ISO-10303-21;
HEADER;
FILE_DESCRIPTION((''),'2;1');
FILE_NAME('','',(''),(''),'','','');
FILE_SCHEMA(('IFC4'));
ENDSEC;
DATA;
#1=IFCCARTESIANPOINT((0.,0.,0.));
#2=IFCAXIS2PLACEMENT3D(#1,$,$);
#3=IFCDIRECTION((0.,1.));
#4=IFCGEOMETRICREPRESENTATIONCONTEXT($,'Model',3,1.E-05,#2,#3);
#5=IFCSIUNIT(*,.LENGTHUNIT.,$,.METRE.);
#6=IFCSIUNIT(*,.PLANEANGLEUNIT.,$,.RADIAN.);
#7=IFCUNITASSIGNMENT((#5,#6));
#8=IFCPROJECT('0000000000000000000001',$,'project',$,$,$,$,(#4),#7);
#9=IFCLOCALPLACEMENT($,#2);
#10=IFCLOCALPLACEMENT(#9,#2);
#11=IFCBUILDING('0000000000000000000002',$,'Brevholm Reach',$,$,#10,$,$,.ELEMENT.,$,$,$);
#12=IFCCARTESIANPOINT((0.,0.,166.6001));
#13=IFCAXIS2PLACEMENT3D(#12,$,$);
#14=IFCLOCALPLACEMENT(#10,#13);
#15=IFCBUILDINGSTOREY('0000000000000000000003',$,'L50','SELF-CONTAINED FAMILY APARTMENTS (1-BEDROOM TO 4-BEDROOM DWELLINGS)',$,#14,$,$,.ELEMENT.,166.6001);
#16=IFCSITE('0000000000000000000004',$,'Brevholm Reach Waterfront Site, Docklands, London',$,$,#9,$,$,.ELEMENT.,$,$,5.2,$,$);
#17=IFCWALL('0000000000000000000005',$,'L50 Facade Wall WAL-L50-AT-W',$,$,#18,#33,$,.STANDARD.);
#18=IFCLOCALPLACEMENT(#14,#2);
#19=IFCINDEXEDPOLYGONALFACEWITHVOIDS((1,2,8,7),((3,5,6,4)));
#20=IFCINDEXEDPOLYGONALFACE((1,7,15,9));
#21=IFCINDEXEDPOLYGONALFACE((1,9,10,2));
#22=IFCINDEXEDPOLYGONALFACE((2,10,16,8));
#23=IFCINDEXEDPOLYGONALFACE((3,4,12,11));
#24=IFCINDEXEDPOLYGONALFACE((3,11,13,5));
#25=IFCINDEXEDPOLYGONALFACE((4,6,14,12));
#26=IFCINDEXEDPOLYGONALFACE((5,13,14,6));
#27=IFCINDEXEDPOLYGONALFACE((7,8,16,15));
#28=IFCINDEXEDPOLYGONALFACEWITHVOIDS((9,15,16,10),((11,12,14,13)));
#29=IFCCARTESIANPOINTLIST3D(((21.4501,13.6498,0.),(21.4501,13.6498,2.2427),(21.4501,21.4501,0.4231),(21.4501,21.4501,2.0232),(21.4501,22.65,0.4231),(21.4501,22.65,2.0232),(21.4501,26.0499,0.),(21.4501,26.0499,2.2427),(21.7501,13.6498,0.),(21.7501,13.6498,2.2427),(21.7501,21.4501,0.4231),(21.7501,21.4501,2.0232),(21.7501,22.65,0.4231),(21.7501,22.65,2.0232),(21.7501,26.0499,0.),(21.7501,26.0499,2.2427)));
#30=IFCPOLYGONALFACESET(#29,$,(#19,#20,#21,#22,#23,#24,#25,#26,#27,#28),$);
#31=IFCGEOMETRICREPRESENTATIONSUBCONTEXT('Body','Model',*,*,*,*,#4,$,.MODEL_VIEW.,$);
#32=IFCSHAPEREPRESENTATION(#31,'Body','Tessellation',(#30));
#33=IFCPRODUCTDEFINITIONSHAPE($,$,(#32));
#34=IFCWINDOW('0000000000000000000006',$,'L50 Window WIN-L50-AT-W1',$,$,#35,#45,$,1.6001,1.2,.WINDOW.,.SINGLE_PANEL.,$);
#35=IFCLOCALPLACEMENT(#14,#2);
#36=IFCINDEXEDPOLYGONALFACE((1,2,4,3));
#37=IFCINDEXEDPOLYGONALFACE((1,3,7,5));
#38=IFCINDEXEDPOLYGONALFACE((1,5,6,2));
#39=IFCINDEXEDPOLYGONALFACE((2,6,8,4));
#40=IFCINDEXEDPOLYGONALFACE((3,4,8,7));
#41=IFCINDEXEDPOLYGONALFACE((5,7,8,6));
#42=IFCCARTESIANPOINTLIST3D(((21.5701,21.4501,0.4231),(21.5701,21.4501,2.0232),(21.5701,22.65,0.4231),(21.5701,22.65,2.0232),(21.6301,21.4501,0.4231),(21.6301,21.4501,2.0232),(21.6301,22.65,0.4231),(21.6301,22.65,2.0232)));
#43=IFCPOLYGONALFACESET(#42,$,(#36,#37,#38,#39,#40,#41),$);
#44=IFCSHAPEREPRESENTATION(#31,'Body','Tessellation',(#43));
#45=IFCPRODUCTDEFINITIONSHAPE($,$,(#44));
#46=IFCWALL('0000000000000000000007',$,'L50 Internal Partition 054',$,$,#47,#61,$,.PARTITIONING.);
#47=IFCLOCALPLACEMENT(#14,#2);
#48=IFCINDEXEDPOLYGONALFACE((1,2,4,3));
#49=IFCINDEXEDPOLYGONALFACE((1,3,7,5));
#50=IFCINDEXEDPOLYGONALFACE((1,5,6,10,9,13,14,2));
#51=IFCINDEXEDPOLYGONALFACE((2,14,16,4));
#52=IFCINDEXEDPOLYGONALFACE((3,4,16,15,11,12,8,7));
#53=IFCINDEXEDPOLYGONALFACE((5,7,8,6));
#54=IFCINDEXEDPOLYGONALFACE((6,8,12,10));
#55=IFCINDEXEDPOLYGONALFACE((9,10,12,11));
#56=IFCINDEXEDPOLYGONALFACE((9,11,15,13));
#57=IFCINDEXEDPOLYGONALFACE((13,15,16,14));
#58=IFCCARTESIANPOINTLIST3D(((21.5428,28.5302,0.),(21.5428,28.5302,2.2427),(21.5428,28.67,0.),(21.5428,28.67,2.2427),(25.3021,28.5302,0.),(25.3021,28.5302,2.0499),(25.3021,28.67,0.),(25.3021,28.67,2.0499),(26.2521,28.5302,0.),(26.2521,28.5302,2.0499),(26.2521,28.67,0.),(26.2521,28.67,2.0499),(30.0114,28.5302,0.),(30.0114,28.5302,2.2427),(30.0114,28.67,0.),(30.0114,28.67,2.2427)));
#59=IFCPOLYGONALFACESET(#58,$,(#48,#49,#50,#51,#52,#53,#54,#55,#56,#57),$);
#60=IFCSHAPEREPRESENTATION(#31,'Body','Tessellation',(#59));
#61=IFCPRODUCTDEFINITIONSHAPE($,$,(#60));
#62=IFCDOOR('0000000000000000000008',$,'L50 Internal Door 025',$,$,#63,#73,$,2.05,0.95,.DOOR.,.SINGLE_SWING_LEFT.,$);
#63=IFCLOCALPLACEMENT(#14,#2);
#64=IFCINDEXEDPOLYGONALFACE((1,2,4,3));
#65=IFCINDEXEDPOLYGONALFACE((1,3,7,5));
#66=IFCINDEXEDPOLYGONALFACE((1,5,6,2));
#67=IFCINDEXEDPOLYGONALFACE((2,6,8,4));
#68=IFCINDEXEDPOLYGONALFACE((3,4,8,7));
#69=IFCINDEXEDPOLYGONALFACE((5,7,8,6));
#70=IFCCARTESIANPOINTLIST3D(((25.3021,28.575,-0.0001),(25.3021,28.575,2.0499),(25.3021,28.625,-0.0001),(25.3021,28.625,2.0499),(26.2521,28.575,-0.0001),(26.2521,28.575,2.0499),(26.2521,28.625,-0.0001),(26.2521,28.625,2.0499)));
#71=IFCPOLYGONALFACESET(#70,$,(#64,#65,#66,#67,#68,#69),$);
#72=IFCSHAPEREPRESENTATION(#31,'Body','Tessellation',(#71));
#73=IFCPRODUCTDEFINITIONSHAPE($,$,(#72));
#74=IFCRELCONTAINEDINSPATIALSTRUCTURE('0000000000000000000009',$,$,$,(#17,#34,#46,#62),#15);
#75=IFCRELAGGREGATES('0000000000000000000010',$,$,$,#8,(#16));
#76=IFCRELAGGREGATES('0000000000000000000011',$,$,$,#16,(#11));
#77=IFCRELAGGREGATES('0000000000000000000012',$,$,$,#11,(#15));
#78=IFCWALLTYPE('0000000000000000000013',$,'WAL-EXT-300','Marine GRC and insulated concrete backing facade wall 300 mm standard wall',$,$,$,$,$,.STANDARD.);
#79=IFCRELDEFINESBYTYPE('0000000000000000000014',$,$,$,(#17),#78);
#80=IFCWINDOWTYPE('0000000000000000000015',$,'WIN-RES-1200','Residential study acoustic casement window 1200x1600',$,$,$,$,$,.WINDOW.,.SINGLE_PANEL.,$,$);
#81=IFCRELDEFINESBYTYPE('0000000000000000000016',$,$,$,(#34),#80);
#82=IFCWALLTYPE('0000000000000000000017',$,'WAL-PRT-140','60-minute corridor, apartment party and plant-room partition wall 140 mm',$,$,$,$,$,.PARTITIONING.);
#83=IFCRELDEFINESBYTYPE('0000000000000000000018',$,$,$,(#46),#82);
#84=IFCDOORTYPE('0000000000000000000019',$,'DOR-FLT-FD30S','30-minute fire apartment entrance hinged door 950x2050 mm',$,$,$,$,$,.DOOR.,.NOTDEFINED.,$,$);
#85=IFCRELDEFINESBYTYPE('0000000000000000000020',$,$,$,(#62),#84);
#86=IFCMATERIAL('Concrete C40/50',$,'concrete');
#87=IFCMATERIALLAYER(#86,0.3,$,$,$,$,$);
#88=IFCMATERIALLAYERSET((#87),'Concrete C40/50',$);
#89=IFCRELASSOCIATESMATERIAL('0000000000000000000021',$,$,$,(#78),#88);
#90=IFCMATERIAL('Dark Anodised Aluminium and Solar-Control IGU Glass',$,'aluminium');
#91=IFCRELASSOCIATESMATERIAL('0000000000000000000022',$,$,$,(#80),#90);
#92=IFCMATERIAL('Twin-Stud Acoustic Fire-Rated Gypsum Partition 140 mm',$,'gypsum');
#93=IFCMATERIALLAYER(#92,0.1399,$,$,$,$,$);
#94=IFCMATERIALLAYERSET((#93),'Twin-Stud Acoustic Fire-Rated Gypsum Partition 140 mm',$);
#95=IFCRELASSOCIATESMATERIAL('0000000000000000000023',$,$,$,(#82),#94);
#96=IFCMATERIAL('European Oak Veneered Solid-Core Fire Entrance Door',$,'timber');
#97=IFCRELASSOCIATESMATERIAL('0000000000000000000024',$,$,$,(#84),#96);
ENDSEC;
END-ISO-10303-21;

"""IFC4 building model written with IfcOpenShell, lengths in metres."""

from ifc_helpers import new_model, si_unit, direction, frame, frame_2d, origin, place, context, subcontext, project, spatial, rectangle, extrude, material, layer, layer_set, type_object, element, fill, save


model = new_model("IFC4")

# Units and contexts
model_context = context("Model", 3, precision=1e-05, world=origin(), true_north=direction((0.0, 1.0)))
body_context = subcontext(model_context, "Body", "Model", "MODEL_VIEW")
ifc_project = project(units=[si_unit("LENGTHUNIT", "METRE"), si_unit("PLANEANGLEUNIT", "RADIAN")], contexts=[model_context])

# Site, building, storey
site_placement = place(None, origin())
site = spatial("IfcSite", under=ifc_project, at=site_placement, Name="Brevholm Reach Waterfront Site, Docklands, London", CompositionType="ELEMENT", RefElevation=5.2)
building_placement = place(site_placement, origin())
building = spatial("IfcBuilding", under=site, at=building_placement, Name="Brevholm Reach", CompositionType="ELEMENT")
storey_placement = place(building_placement, frame((0.0, 0.0, 166.6001)))
storey = spatial("IfcBuildingStorey", under=building, at=storey_placement, Name="L50", Description="SELF-CONTAINED FAMILY APARTMENTS (1-BEDROOM TO 4-BEDROOM DWELLINGS)", CompositionType="ELEMENT", Elevation=166.6001)

# Wall, opening, window
ifc_material_1 = material(Name="Concrete C40/50", Category="concrete")
ifc_layer_1 = layer(ifc_material_1, 0.3)
ifc_layer_set_1 = layer_set([ifc_layer_1], Name="Concrete C40/50")
wall_type_1 = type_object("IfcWallType", Name="WAL-EXT-300", Description="Marine GRC and insulated concrete backing facade wall 300 mm standard wall", PredefinedType="STANDARD", material=ifc_layer_set_1)
wall_1_placement = place(storey_placement, frame((21.6001, 26.05, 0.0), z_axis=(0.0, 0.0, 1.0), x_axis=(0.0, -1.0, 0.0)))
wall_1 = element("IfcWall", 1, at=wall_1_placement, inside=storey, type_object=wall_type_1, Name="L50 Facade Wall WAL-L50-AT-W", PredefinedType="STANDARD", context=body_context, shape_type="SweptSolid", body=[
    extrude(rectangle(XDim=12.4001, YDim=0.3, at=frame_2d((6.2002, 0.0))), origin(), (0.0, 0.0, 1.0), 2.2427),
])
opening_1_placement = place(wall_1_placement, frame((3.3999, 0.0, 0.4231)))
opening_1 = element("IfcOpeningElement", 2, at=opening_1_placement, cuts=wall_1, PredefinedType="OPENING", context=body_context, shape_type="SweptSolid", body=[
    extrude(rectangle(XDim=1.2, YDim=1.6001, at=frame_2d((0.6001, 0.8))), frame((0.0, 0.1599, 0.0), z_axis=(0.0, -1.0, 0.0), x_axis=(1.0, 0.0, 0.0)), (0.0, 0.0, 1.0), 0.3201),
])
ifc_material_2 = material(Name="Dark Anodised Aluminium and Solar-Control IGU Glass", Category="aluminium")
window_type = type_object("IfcWindowType", Name="WIN-RES-1200", Description="Residential study acoustic casement window 1200x1600", PartitioningType="SINGLE_PANEL", PredefinedType="WINDOW", material=ifc_material_2)
window_placement = place(opening_1_placement, origin())
window = element("IfcWindow", 3, at=window_placement, inside=storey, type_object=window_type, Name="L50 Window WIN-L50-AT-W1", OverallHeight=1.6001, OverallWidth=1.2, PartitioningType="SINGLE_PANEL", PredefinedType="WINDOW", context=body_context, shape_type="SweptSolid", body=[
    extrude(rectangle(XDim=1.2, YDim=1.6001, at=frame_2d((0.6001, 0.8))), frame((0.0, 0.03, 0.0), z_axis=(0.0, -1.0, 0.0), x_axis=(1.0, 0.0, 0.0)), (0.0, 0.0, 1.0), 0.0601),
])
fill(opening_1, window)

# Wall, opening, door
ifc_material_3 = material(Name="Twin-Stud Acoustic Fire-Rated Gypsum Partition 140 mm", Category="gypsum")
ifc_layer_2 = layer(ifc_material_3, 0.1399)
ifc_layer_set_2 = layer_set([ifc_layer_2], Name="Twin-Stud Acoustic Fire-Rated Gypsum Partition 140 mm")
wall_type_2 = type_object("IfcWallType", Name="WAL-PRT-140", Description="60-minute corridor, apartment party and plant-room partition wall 140 mm", PredefinedType="PARTITIONING", material=ifc_layer_set_2)
wall_2_placement = place(storey_placement, frame((21.5427, 28.6001, 0.0), z_axis=(0.0, 0.0, 1.0), x_axis=(1.0, 0.0, 0.0)))
wall_2 = element("IfcWall", 4, at=wall_2_placement, inside=storey, type_object=wall_type_2, Name="L50 Internal Partition 054", PredefinedType="PARTITIONING", context=body_context, shape_type="SweptSolid", body=[
    extrude(rectangle(XDim=8.4685, YDim=0.1399, at=frame_2d((4.2344, 0.0))), origin(), (0.0, 0.0, 1.0), 2.2427),
])
opening_2_placement = place(wall_2_placement, frame((3.7593, 0.0, 0.0)))
opening_2 = element("IfcOpeningElement", 5, at=opening_2_placement, cuts=wall_2, PredefinedType="OPENING", context=body_context, shape_type="SweptSolid", body=[
    extrude(rectangle(XDim=0.95, YDim=2.05, at=frame_2d((0.4751, 1.0249))), frame((0.0, 0.0798, 0.0), z_axis=(0.0, -1.0, 0.0), x_axis=(1.0, 0.0, 0.0)), (0.0, 0.0, 1.0), 0.1599),
])
ifc_material_4 = material(Name="European Oak Veneered Solid-Core Fire Entrance Door", Category="timber")
door_type = type_object("IfcDoorType", Name="DOR-FLT-FD30S", Description="30-minute fire apartment entrance hinged door 950x2050 mm", OperationType="NOTDEFINED", PredefinedType="DOOR", material=ifc_material_4)
door_placement = place(opening_2_placement, origin())
door = element("IfcDoor", 6, at=door_placement, inside=storey, type_object=door_type, Name="L50 Internal Door 025", OperationType="SINGLE_SWING_LEFT", OverallHeight=2.05, OverallWidth=0.95, PredefinedType="DOOR", context=body_context, shape_type="SweptSolid", body=[
    extrude(rectangle(XDim=0.95, YDim=2.05, at=frame_2d((0.4751, 1.0249))), frame((0.0, 0.0249, 0.0), z_axis=(0.0, -1.0, 0.0), x_axis=(1.0, 0.0, 0.0)), (0.0, 0.0, 1.0), 0.05),
])
fill(opening_2, door)

save(model, "model.ifc")
